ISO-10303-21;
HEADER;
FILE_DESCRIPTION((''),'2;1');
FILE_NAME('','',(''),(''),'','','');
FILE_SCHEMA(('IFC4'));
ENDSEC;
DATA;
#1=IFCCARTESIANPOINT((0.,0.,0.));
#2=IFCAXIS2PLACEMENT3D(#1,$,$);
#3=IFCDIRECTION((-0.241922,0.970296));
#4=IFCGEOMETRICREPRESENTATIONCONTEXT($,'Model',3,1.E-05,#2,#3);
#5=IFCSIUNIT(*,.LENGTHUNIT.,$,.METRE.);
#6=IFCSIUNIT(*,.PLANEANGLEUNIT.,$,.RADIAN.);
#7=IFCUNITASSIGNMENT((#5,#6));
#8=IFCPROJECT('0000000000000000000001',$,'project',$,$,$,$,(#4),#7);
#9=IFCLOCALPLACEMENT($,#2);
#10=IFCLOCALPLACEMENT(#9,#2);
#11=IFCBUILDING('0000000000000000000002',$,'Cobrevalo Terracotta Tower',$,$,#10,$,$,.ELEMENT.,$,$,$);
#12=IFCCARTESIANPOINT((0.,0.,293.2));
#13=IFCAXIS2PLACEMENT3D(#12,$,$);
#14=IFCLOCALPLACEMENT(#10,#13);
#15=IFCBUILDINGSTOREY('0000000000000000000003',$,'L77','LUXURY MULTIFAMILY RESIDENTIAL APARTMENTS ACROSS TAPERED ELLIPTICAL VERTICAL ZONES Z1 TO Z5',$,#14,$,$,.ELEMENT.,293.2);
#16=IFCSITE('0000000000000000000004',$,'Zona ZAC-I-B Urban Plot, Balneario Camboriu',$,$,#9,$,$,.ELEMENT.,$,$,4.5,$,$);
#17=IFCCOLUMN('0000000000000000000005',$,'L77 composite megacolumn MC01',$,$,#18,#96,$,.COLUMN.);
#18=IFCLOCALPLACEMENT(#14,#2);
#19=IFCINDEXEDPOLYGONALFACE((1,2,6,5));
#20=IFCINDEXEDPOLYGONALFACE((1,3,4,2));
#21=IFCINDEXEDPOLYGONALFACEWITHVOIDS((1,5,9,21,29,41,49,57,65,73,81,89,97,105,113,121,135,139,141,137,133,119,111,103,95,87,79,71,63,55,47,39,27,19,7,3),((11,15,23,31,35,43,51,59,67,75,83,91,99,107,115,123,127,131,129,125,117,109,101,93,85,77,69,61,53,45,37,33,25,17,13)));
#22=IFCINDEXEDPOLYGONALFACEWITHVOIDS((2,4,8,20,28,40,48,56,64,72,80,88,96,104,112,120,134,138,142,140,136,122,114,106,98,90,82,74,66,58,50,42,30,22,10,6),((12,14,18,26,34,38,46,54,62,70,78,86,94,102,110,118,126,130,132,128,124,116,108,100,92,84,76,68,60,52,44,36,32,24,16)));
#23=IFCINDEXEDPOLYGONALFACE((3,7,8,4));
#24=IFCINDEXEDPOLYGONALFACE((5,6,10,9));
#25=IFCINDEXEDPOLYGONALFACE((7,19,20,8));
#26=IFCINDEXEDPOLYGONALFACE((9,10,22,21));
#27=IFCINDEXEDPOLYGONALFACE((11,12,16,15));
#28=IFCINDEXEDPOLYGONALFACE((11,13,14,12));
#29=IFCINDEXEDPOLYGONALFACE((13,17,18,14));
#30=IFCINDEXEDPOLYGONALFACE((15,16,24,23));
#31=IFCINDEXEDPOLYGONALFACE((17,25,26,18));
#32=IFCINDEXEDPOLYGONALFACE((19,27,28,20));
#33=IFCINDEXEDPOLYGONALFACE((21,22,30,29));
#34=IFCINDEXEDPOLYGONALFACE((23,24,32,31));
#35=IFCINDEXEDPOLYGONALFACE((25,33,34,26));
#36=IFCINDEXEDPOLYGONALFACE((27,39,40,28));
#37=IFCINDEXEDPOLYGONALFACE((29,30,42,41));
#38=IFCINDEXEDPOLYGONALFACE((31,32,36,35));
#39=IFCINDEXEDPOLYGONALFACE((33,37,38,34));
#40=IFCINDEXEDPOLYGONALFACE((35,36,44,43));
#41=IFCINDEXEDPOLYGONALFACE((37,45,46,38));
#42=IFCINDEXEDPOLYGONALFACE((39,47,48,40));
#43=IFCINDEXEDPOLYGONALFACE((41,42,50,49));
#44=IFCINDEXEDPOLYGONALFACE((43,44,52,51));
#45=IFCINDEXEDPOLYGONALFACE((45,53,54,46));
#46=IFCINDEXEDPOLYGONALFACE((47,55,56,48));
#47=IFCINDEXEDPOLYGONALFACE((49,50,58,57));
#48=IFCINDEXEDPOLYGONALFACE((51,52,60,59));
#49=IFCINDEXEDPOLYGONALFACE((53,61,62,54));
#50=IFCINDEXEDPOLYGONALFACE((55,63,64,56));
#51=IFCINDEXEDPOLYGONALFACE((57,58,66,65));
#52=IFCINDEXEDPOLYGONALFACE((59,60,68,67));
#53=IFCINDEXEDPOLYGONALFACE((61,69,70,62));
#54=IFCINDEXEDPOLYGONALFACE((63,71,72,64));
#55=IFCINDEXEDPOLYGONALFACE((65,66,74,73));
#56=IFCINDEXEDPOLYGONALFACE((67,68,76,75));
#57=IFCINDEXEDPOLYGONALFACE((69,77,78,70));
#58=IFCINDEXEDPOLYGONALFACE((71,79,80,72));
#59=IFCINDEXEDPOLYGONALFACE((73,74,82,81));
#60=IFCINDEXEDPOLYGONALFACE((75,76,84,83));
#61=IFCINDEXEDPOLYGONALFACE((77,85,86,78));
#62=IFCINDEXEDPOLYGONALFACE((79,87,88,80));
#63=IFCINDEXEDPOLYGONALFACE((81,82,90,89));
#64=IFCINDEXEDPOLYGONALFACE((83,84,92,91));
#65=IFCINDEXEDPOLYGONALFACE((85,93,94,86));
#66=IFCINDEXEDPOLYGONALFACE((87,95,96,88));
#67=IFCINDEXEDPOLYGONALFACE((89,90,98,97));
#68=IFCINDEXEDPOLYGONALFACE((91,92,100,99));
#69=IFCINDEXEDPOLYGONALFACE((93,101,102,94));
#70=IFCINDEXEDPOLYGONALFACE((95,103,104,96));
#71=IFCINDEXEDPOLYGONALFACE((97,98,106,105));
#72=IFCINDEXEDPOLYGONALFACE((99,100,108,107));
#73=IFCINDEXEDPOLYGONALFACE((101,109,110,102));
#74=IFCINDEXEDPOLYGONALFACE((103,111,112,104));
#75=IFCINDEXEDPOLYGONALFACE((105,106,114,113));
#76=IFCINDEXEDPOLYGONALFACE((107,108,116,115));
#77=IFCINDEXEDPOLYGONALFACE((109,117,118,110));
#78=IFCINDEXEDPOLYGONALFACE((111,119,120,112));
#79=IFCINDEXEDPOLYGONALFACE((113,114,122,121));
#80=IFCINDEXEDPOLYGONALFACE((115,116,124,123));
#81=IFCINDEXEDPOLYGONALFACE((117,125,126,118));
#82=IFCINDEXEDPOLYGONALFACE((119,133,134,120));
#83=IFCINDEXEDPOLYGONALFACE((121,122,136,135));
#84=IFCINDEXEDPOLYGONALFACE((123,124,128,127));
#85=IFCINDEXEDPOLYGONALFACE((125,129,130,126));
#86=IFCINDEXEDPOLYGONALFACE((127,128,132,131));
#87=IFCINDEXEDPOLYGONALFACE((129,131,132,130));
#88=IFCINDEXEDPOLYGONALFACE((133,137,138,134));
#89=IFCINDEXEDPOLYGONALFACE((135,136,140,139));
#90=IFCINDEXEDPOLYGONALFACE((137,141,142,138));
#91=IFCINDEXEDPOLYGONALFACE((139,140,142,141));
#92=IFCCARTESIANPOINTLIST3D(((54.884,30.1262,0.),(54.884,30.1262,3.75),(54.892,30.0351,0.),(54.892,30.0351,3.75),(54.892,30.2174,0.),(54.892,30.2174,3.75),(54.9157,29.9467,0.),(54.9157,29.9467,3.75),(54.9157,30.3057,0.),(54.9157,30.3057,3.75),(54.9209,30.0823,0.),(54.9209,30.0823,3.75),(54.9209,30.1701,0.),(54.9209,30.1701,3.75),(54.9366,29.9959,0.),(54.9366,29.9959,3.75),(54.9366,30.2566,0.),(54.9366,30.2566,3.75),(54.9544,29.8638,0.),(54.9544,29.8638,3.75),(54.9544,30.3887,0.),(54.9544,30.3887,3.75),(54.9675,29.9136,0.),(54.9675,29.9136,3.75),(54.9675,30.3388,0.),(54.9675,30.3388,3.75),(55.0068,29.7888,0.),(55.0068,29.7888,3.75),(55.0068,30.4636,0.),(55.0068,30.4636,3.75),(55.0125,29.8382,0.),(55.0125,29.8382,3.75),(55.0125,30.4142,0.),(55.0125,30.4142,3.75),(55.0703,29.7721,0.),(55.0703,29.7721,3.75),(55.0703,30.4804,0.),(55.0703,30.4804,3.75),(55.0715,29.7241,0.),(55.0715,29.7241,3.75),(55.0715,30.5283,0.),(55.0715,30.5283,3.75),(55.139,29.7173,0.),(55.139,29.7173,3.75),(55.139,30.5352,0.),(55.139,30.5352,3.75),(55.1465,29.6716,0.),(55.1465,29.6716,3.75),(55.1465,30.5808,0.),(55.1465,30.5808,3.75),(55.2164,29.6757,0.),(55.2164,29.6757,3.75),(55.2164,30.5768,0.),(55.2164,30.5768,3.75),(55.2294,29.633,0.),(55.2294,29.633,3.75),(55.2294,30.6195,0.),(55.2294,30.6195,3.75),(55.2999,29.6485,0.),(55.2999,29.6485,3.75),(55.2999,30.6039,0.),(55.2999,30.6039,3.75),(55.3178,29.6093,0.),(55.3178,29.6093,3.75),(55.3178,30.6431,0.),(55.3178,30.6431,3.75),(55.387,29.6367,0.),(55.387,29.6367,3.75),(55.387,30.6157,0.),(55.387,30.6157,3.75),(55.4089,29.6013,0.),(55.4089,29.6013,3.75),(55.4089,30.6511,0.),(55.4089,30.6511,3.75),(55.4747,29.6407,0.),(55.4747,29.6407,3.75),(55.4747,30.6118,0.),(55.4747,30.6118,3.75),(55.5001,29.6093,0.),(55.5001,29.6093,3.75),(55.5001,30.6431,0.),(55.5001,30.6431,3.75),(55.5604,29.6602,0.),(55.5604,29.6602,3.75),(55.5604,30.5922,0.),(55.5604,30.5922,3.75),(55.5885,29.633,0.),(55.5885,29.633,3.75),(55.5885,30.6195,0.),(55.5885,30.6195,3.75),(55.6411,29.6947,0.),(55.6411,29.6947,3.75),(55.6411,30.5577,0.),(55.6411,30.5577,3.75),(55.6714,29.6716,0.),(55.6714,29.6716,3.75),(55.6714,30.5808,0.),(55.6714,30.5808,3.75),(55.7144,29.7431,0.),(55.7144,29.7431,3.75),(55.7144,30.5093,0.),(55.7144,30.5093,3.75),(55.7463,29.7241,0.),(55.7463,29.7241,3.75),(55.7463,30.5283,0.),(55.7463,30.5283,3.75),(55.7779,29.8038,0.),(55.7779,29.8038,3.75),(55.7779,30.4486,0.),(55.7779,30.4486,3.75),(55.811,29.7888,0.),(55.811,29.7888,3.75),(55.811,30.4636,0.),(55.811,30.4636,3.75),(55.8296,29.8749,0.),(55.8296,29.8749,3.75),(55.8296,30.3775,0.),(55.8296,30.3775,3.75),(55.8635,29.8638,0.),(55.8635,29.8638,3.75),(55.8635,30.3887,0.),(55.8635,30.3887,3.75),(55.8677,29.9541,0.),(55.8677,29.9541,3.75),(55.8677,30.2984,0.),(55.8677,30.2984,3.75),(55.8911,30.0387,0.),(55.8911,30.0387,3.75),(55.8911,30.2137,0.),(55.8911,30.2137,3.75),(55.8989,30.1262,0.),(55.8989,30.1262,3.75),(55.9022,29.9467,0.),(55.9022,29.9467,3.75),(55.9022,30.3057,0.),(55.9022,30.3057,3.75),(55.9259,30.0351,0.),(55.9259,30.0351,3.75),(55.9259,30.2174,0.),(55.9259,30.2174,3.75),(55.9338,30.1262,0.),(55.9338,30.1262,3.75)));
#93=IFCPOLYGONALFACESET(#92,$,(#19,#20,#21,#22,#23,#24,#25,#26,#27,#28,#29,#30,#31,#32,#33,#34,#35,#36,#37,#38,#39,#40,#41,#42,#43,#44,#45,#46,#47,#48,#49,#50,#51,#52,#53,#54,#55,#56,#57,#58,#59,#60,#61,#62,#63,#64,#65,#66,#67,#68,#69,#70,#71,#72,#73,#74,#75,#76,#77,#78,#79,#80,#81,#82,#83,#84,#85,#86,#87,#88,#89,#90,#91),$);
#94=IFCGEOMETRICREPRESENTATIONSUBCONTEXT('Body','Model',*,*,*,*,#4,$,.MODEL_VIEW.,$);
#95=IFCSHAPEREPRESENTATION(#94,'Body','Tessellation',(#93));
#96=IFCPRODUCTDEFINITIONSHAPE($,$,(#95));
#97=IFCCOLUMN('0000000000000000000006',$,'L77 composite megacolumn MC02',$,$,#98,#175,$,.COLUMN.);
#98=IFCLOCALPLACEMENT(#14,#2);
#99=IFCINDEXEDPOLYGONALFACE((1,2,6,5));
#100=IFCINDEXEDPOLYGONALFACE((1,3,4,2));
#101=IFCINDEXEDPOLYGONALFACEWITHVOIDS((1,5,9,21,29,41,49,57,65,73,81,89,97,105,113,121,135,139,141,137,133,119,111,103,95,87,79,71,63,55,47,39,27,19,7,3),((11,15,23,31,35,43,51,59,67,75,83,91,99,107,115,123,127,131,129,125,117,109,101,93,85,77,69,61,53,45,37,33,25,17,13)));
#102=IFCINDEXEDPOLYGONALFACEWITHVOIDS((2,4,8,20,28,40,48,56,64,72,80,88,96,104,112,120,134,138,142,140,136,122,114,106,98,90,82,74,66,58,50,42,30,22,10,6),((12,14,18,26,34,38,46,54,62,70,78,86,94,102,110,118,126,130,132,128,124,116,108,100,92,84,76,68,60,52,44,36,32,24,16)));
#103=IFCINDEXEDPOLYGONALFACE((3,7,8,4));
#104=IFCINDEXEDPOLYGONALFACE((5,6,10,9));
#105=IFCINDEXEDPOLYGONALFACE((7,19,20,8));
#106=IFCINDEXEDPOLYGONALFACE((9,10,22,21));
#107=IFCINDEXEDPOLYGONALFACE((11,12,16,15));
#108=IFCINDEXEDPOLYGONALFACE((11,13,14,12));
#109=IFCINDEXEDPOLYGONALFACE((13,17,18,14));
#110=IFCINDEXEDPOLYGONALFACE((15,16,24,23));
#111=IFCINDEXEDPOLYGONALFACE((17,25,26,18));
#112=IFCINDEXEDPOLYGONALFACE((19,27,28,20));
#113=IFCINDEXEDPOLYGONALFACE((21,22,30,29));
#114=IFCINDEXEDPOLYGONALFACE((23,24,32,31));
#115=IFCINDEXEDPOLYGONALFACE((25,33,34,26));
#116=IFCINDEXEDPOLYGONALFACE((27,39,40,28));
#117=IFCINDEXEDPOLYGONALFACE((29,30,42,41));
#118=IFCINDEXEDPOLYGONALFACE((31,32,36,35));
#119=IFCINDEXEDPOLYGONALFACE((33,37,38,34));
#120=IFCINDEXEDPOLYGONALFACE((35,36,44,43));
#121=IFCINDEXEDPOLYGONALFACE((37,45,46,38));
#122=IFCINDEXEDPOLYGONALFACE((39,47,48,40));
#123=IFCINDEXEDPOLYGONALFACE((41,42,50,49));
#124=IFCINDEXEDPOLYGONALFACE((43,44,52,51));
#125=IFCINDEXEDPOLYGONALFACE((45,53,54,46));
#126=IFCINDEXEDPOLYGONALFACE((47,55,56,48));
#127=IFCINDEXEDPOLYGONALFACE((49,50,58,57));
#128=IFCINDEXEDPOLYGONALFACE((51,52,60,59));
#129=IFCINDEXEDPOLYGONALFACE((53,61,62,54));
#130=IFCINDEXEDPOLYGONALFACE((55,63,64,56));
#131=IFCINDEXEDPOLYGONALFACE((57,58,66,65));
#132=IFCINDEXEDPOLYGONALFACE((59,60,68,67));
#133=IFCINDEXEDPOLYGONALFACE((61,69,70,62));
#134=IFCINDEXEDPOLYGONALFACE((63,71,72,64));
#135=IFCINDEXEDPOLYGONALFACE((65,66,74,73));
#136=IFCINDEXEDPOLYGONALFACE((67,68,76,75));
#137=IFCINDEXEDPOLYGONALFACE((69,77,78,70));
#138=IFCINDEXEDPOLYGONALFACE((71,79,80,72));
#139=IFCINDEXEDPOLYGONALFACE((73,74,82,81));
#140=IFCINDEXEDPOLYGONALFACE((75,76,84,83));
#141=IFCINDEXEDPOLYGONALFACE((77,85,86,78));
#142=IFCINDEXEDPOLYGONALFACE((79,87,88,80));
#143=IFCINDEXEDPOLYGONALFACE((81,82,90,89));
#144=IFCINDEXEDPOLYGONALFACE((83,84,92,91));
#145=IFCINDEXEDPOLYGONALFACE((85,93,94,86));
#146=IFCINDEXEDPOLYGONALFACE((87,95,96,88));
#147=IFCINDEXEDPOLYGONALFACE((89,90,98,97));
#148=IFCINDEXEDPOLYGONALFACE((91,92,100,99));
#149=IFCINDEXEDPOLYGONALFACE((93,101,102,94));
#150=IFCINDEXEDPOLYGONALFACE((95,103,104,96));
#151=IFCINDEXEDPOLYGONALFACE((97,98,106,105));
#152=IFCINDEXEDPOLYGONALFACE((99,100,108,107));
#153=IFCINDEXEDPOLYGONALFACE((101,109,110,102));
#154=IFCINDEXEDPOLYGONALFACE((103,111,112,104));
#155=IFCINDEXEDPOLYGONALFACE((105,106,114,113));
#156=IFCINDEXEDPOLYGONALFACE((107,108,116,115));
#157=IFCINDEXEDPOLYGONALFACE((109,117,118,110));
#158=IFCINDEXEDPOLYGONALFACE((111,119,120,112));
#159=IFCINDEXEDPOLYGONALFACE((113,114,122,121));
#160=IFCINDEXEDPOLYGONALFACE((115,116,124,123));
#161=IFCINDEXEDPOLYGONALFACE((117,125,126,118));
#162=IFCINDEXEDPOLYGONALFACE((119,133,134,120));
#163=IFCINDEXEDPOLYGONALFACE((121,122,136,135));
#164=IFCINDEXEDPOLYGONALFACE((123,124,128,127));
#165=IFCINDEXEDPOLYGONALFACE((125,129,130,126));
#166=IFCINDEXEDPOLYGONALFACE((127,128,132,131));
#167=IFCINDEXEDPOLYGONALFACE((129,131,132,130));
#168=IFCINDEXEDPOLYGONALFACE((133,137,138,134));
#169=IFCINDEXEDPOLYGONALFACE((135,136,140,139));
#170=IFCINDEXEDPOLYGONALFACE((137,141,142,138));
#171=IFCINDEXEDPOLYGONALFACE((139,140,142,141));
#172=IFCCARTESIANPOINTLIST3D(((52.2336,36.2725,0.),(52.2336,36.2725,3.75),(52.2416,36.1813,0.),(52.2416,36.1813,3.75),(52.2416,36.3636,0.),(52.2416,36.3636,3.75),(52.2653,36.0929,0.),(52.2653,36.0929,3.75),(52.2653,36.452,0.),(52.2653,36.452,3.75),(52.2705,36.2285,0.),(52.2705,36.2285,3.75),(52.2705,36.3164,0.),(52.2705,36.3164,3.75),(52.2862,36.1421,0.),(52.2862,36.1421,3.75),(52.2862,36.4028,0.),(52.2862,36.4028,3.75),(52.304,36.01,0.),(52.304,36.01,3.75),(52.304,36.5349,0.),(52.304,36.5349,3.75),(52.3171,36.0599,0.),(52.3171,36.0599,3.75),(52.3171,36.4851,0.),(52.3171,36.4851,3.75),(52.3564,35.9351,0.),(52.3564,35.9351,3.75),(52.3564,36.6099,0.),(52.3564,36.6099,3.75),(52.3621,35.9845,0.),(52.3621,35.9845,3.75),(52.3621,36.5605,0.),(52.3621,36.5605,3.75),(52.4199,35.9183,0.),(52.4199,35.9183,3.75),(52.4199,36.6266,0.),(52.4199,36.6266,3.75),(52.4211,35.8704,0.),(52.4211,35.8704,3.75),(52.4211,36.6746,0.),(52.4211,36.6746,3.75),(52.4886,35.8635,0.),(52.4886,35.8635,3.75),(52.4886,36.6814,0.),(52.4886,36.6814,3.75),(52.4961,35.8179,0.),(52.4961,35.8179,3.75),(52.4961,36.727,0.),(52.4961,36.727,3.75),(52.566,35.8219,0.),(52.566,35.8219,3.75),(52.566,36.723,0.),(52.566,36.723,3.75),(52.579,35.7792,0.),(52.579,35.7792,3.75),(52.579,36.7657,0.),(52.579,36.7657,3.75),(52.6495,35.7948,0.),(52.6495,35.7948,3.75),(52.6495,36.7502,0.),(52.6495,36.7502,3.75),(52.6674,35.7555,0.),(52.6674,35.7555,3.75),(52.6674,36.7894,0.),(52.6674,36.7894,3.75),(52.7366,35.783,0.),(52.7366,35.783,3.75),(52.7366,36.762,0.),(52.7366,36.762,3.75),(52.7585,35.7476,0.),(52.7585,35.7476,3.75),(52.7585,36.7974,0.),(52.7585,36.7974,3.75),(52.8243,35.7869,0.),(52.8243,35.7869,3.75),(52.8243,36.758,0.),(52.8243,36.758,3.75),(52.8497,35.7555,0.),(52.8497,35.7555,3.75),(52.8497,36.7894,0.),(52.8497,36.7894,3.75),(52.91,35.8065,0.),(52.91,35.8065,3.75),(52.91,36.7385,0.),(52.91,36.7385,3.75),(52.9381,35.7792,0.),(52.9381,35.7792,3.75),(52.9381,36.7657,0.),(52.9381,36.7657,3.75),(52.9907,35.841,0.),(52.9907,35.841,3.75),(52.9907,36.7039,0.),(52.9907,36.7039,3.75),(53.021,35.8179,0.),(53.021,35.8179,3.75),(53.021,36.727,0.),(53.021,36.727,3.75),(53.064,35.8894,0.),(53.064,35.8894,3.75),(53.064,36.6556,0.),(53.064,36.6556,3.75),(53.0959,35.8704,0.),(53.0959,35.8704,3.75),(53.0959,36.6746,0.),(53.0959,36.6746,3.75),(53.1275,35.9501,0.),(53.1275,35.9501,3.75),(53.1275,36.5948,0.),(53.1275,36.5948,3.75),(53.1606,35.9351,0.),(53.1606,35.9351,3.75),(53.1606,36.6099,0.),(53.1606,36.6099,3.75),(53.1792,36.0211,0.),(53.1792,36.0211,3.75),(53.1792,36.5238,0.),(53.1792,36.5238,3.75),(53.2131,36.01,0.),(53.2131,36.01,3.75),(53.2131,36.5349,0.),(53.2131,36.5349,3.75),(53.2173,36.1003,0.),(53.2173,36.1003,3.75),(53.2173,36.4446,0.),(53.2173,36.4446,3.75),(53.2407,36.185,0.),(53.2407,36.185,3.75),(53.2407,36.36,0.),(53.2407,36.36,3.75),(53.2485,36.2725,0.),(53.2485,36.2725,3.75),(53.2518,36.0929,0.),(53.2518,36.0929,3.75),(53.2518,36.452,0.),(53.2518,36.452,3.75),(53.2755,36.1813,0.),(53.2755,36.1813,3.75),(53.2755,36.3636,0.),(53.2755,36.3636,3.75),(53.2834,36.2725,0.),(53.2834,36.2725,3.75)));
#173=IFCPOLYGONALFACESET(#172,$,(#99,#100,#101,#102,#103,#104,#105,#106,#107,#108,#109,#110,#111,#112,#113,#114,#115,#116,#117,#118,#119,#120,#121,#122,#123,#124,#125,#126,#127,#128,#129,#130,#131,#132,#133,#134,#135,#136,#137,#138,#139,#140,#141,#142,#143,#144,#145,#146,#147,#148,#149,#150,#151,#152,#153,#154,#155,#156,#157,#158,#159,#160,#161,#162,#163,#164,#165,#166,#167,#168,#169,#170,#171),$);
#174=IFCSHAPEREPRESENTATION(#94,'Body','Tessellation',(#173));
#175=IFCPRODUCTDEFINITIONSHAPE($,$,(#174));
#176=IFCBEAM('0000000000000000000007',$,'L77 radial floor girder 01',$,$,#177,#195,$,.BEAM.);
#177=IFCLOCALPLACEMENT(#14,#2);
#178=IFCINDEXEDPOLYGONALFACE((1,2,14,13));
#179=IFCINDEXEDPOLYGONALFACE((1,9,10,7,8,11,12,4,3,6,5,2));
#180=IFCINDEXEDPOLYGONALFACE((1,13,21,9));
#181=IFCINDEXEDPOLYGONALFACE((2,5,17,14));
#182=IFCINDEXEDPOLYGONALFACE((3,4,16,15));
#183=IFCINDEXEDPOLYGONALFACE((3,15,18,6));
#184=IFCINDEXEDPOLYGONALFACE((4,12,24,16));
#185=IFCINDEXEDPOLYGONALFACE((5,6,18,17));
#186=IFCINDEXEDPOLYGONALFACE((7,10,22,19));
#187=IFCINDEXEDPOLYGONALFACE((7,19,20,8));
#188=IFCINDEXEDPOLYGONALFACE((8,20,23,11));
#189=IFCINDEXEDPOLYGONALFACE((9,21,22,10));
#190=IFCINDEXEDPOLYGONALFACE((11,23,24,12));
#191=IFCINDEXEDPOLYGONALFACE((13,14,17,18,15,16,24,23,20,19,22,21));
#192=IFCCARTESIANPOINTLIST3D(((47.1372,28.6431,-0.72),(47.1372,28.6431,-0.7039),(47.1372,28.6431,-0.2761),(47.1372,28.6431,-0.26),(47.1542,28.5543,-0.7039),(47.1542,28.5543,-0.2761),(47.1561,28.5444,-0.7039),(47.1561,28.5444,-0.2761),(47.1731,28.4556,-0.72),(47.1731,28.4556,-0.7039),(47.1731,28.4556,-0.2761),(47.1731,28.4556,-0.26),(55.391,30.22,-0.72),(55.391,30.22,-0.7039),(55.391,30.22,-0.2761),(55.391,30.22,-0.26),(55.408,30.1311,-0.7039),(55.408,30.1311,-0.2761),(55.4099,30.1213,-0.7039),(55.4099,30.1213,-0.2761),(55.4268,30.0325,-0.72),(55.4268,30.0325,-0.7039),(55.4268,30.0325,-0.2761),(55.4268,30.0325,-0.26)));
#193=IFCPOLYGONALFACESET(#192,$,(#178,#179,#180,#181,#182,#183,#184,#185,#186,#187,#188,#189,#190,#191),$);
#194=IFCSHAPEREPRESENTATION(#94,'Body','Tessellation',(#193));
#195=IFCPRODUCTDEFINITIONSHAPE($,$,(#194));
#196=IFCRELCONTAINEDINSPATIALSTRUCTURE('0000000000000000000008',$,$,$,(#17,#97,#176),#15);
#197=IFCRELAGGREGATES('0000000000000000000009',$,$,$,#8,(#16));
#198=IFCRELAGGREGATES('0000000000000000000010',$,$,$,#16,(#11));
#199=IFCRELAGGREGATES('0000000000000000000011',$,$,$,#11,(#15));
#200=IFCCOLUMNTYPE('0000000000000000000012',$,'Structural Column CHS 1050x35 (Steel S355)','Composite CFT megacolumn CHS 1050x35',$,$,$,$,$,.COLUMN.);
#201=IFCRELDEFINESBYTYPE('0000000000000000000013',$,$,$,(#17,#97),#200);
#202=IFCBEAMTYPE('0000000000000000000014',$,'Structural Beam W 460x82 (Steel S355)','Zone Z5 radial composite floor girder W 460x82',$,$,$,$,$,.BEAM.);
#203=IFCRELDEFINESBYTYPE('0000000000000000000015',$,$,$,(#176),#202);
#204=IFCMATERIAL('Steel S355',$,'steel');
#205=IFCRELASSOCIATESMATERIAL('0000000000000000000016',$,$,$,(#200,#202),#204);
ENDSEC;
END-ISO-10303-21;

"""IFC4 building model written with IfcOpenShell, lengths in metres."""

from ifc_helpers import new_model, si_unit, direction, frame, origin, origin_2d, place, context, subcontext, project, spatial, hollow_circle, i_section, extrude, material, material_profile, profile_set, type_object, element, save


model = new_model("IFC4")

# Units and contexts
model_context = context("Model", 3, precision=1e-05, world=origin(), true_north=direction((-0.241922, 0.970296)))
body_context = subcontext(model_context, "Body", "Model", "MODEL_VIEW")
ifc_project = project(units=[si_unit("LENGTHUNIT", "METRE"), si_unit("PLANEANGLEUNIT", "RADIAN")], contexts=[model_context])

# Site, building, storey
site_placement = place(None, origin())
site = spatial("IfcSite", under=ifc_project, at=site_placement, Name="Zona ZAC-I-B Urban Plot, Balneario Camboriu", CompositionType="ELEMENT", RefElevation=4.5)
building_placement = place(site_placement, origin())
building = spatial("IfcBuilding", under=site, at=building_placement, Name="Cobrevalo Terracotta Tower", CompositionType="ELEMENT")
storey_placement = place(building_placement, frame((0.0, 0.0, 293.2)))
storey = spatial("IfcBuildingStorey", under=building, at=storey_placement, Name="L77", Description="LUXURY MULTIFAMILY RESIDENTIAL APARTMENTS ACROSS TAPERED ELLIPTICAL VERTICAL ZONES Z1 TO Z5", CompositionType="ELEMENT", Elevation=293.2)

# Columns
ifc_material_1 = material(Name="Steel S355", Category="steel")
ifc_material_profile_1 = material_profile(ifc_material_1, hollow_circle(Radius=0.5249, WallThickness=0.0349, at=origin_2d()), Name="CHS 1050x35")
ifc_profile_set_1 = profile_set([ifc_material_profile_1], Name="Steel S355")
column_type = type_object("IfcColumnType", Name="Structural Column CHS 1050x35 (Steel S355)", Description="Composite CFT megacolumn CHS 1050x35", PredefinedType="COLUMN", material=ifc_profile_set_1)
for number, where, z_axis, x_axis, name in (
    (1, (55.4089, 30.1262, 0.0), (0.0, 0.0, 1.0), (1.0, 0.0, 0.0), "L77 composite megacolumn MC01"),
    (2, (52.7585, 36.2725, 0.0), (0.0, 0.0, 1.0), (1.0, 0.0, 0.0), "L77 composite megacolumn MC02"),
):
    element("IfcColumn", number, at=place(storey_placement, frame(where, z_axis=z_axis, x_axis=x_axis)), inside=storey, type_object=column_type, Name=name, PredefinedType="COLUMN", context=body_context, shape_type="SweptSolid", body=[
        extrude(hollow_circle(Radius=0.5249, WallThickness=0.0349, at=origin_2d()), origin(), (0.0, 0.0, 1.0), 3.75),
    ])

# Beam
ifc_material_profile_2 = material_profile(ifc_material_1, i_section(OverallWidth=0.1909, OverallDepth=0.46, WebThickness=0.01, FlangeThickness=0.0161, at=origin_2d()), Name="W 460x82")
ifc_profile_set_2 = profile_set([ifc_material_profile_2], Name="Steel S355")
beam_type_1 = type_object("IfcBeamType", Name="Structural Beam W 460x82 (Steel S355)", Description="Zone Z5 radial composite floor girder W 460x82", PredefinedType="BEAM", material=ifc_profile_set_2)
beam_1_placement = place(storey_placement, frame((55.4089, 30.1262, -0.49), z_axis=(-0.982235, -0.187655, 0.0), x_axis=(0.187655, -0.982235, 0.0)))
element("IfcBeam", 3, at=beam_1_placement, inside=storey, type_object=beam_type_1, Name="L77 radial floor girder 01", PredefinedType="BEAM", context=body_context, shape_type="SweptSolid", body=[
    extrude(i_section(OverallWidth=0.1909, OverallDepth=0.46, WebThickness=0.01, FlangeThickness=0.0161, at=origin_2d()), origin(), (0.0, 0.0, 1.0), 8.4031),
])

save(model, "model.ifc")
